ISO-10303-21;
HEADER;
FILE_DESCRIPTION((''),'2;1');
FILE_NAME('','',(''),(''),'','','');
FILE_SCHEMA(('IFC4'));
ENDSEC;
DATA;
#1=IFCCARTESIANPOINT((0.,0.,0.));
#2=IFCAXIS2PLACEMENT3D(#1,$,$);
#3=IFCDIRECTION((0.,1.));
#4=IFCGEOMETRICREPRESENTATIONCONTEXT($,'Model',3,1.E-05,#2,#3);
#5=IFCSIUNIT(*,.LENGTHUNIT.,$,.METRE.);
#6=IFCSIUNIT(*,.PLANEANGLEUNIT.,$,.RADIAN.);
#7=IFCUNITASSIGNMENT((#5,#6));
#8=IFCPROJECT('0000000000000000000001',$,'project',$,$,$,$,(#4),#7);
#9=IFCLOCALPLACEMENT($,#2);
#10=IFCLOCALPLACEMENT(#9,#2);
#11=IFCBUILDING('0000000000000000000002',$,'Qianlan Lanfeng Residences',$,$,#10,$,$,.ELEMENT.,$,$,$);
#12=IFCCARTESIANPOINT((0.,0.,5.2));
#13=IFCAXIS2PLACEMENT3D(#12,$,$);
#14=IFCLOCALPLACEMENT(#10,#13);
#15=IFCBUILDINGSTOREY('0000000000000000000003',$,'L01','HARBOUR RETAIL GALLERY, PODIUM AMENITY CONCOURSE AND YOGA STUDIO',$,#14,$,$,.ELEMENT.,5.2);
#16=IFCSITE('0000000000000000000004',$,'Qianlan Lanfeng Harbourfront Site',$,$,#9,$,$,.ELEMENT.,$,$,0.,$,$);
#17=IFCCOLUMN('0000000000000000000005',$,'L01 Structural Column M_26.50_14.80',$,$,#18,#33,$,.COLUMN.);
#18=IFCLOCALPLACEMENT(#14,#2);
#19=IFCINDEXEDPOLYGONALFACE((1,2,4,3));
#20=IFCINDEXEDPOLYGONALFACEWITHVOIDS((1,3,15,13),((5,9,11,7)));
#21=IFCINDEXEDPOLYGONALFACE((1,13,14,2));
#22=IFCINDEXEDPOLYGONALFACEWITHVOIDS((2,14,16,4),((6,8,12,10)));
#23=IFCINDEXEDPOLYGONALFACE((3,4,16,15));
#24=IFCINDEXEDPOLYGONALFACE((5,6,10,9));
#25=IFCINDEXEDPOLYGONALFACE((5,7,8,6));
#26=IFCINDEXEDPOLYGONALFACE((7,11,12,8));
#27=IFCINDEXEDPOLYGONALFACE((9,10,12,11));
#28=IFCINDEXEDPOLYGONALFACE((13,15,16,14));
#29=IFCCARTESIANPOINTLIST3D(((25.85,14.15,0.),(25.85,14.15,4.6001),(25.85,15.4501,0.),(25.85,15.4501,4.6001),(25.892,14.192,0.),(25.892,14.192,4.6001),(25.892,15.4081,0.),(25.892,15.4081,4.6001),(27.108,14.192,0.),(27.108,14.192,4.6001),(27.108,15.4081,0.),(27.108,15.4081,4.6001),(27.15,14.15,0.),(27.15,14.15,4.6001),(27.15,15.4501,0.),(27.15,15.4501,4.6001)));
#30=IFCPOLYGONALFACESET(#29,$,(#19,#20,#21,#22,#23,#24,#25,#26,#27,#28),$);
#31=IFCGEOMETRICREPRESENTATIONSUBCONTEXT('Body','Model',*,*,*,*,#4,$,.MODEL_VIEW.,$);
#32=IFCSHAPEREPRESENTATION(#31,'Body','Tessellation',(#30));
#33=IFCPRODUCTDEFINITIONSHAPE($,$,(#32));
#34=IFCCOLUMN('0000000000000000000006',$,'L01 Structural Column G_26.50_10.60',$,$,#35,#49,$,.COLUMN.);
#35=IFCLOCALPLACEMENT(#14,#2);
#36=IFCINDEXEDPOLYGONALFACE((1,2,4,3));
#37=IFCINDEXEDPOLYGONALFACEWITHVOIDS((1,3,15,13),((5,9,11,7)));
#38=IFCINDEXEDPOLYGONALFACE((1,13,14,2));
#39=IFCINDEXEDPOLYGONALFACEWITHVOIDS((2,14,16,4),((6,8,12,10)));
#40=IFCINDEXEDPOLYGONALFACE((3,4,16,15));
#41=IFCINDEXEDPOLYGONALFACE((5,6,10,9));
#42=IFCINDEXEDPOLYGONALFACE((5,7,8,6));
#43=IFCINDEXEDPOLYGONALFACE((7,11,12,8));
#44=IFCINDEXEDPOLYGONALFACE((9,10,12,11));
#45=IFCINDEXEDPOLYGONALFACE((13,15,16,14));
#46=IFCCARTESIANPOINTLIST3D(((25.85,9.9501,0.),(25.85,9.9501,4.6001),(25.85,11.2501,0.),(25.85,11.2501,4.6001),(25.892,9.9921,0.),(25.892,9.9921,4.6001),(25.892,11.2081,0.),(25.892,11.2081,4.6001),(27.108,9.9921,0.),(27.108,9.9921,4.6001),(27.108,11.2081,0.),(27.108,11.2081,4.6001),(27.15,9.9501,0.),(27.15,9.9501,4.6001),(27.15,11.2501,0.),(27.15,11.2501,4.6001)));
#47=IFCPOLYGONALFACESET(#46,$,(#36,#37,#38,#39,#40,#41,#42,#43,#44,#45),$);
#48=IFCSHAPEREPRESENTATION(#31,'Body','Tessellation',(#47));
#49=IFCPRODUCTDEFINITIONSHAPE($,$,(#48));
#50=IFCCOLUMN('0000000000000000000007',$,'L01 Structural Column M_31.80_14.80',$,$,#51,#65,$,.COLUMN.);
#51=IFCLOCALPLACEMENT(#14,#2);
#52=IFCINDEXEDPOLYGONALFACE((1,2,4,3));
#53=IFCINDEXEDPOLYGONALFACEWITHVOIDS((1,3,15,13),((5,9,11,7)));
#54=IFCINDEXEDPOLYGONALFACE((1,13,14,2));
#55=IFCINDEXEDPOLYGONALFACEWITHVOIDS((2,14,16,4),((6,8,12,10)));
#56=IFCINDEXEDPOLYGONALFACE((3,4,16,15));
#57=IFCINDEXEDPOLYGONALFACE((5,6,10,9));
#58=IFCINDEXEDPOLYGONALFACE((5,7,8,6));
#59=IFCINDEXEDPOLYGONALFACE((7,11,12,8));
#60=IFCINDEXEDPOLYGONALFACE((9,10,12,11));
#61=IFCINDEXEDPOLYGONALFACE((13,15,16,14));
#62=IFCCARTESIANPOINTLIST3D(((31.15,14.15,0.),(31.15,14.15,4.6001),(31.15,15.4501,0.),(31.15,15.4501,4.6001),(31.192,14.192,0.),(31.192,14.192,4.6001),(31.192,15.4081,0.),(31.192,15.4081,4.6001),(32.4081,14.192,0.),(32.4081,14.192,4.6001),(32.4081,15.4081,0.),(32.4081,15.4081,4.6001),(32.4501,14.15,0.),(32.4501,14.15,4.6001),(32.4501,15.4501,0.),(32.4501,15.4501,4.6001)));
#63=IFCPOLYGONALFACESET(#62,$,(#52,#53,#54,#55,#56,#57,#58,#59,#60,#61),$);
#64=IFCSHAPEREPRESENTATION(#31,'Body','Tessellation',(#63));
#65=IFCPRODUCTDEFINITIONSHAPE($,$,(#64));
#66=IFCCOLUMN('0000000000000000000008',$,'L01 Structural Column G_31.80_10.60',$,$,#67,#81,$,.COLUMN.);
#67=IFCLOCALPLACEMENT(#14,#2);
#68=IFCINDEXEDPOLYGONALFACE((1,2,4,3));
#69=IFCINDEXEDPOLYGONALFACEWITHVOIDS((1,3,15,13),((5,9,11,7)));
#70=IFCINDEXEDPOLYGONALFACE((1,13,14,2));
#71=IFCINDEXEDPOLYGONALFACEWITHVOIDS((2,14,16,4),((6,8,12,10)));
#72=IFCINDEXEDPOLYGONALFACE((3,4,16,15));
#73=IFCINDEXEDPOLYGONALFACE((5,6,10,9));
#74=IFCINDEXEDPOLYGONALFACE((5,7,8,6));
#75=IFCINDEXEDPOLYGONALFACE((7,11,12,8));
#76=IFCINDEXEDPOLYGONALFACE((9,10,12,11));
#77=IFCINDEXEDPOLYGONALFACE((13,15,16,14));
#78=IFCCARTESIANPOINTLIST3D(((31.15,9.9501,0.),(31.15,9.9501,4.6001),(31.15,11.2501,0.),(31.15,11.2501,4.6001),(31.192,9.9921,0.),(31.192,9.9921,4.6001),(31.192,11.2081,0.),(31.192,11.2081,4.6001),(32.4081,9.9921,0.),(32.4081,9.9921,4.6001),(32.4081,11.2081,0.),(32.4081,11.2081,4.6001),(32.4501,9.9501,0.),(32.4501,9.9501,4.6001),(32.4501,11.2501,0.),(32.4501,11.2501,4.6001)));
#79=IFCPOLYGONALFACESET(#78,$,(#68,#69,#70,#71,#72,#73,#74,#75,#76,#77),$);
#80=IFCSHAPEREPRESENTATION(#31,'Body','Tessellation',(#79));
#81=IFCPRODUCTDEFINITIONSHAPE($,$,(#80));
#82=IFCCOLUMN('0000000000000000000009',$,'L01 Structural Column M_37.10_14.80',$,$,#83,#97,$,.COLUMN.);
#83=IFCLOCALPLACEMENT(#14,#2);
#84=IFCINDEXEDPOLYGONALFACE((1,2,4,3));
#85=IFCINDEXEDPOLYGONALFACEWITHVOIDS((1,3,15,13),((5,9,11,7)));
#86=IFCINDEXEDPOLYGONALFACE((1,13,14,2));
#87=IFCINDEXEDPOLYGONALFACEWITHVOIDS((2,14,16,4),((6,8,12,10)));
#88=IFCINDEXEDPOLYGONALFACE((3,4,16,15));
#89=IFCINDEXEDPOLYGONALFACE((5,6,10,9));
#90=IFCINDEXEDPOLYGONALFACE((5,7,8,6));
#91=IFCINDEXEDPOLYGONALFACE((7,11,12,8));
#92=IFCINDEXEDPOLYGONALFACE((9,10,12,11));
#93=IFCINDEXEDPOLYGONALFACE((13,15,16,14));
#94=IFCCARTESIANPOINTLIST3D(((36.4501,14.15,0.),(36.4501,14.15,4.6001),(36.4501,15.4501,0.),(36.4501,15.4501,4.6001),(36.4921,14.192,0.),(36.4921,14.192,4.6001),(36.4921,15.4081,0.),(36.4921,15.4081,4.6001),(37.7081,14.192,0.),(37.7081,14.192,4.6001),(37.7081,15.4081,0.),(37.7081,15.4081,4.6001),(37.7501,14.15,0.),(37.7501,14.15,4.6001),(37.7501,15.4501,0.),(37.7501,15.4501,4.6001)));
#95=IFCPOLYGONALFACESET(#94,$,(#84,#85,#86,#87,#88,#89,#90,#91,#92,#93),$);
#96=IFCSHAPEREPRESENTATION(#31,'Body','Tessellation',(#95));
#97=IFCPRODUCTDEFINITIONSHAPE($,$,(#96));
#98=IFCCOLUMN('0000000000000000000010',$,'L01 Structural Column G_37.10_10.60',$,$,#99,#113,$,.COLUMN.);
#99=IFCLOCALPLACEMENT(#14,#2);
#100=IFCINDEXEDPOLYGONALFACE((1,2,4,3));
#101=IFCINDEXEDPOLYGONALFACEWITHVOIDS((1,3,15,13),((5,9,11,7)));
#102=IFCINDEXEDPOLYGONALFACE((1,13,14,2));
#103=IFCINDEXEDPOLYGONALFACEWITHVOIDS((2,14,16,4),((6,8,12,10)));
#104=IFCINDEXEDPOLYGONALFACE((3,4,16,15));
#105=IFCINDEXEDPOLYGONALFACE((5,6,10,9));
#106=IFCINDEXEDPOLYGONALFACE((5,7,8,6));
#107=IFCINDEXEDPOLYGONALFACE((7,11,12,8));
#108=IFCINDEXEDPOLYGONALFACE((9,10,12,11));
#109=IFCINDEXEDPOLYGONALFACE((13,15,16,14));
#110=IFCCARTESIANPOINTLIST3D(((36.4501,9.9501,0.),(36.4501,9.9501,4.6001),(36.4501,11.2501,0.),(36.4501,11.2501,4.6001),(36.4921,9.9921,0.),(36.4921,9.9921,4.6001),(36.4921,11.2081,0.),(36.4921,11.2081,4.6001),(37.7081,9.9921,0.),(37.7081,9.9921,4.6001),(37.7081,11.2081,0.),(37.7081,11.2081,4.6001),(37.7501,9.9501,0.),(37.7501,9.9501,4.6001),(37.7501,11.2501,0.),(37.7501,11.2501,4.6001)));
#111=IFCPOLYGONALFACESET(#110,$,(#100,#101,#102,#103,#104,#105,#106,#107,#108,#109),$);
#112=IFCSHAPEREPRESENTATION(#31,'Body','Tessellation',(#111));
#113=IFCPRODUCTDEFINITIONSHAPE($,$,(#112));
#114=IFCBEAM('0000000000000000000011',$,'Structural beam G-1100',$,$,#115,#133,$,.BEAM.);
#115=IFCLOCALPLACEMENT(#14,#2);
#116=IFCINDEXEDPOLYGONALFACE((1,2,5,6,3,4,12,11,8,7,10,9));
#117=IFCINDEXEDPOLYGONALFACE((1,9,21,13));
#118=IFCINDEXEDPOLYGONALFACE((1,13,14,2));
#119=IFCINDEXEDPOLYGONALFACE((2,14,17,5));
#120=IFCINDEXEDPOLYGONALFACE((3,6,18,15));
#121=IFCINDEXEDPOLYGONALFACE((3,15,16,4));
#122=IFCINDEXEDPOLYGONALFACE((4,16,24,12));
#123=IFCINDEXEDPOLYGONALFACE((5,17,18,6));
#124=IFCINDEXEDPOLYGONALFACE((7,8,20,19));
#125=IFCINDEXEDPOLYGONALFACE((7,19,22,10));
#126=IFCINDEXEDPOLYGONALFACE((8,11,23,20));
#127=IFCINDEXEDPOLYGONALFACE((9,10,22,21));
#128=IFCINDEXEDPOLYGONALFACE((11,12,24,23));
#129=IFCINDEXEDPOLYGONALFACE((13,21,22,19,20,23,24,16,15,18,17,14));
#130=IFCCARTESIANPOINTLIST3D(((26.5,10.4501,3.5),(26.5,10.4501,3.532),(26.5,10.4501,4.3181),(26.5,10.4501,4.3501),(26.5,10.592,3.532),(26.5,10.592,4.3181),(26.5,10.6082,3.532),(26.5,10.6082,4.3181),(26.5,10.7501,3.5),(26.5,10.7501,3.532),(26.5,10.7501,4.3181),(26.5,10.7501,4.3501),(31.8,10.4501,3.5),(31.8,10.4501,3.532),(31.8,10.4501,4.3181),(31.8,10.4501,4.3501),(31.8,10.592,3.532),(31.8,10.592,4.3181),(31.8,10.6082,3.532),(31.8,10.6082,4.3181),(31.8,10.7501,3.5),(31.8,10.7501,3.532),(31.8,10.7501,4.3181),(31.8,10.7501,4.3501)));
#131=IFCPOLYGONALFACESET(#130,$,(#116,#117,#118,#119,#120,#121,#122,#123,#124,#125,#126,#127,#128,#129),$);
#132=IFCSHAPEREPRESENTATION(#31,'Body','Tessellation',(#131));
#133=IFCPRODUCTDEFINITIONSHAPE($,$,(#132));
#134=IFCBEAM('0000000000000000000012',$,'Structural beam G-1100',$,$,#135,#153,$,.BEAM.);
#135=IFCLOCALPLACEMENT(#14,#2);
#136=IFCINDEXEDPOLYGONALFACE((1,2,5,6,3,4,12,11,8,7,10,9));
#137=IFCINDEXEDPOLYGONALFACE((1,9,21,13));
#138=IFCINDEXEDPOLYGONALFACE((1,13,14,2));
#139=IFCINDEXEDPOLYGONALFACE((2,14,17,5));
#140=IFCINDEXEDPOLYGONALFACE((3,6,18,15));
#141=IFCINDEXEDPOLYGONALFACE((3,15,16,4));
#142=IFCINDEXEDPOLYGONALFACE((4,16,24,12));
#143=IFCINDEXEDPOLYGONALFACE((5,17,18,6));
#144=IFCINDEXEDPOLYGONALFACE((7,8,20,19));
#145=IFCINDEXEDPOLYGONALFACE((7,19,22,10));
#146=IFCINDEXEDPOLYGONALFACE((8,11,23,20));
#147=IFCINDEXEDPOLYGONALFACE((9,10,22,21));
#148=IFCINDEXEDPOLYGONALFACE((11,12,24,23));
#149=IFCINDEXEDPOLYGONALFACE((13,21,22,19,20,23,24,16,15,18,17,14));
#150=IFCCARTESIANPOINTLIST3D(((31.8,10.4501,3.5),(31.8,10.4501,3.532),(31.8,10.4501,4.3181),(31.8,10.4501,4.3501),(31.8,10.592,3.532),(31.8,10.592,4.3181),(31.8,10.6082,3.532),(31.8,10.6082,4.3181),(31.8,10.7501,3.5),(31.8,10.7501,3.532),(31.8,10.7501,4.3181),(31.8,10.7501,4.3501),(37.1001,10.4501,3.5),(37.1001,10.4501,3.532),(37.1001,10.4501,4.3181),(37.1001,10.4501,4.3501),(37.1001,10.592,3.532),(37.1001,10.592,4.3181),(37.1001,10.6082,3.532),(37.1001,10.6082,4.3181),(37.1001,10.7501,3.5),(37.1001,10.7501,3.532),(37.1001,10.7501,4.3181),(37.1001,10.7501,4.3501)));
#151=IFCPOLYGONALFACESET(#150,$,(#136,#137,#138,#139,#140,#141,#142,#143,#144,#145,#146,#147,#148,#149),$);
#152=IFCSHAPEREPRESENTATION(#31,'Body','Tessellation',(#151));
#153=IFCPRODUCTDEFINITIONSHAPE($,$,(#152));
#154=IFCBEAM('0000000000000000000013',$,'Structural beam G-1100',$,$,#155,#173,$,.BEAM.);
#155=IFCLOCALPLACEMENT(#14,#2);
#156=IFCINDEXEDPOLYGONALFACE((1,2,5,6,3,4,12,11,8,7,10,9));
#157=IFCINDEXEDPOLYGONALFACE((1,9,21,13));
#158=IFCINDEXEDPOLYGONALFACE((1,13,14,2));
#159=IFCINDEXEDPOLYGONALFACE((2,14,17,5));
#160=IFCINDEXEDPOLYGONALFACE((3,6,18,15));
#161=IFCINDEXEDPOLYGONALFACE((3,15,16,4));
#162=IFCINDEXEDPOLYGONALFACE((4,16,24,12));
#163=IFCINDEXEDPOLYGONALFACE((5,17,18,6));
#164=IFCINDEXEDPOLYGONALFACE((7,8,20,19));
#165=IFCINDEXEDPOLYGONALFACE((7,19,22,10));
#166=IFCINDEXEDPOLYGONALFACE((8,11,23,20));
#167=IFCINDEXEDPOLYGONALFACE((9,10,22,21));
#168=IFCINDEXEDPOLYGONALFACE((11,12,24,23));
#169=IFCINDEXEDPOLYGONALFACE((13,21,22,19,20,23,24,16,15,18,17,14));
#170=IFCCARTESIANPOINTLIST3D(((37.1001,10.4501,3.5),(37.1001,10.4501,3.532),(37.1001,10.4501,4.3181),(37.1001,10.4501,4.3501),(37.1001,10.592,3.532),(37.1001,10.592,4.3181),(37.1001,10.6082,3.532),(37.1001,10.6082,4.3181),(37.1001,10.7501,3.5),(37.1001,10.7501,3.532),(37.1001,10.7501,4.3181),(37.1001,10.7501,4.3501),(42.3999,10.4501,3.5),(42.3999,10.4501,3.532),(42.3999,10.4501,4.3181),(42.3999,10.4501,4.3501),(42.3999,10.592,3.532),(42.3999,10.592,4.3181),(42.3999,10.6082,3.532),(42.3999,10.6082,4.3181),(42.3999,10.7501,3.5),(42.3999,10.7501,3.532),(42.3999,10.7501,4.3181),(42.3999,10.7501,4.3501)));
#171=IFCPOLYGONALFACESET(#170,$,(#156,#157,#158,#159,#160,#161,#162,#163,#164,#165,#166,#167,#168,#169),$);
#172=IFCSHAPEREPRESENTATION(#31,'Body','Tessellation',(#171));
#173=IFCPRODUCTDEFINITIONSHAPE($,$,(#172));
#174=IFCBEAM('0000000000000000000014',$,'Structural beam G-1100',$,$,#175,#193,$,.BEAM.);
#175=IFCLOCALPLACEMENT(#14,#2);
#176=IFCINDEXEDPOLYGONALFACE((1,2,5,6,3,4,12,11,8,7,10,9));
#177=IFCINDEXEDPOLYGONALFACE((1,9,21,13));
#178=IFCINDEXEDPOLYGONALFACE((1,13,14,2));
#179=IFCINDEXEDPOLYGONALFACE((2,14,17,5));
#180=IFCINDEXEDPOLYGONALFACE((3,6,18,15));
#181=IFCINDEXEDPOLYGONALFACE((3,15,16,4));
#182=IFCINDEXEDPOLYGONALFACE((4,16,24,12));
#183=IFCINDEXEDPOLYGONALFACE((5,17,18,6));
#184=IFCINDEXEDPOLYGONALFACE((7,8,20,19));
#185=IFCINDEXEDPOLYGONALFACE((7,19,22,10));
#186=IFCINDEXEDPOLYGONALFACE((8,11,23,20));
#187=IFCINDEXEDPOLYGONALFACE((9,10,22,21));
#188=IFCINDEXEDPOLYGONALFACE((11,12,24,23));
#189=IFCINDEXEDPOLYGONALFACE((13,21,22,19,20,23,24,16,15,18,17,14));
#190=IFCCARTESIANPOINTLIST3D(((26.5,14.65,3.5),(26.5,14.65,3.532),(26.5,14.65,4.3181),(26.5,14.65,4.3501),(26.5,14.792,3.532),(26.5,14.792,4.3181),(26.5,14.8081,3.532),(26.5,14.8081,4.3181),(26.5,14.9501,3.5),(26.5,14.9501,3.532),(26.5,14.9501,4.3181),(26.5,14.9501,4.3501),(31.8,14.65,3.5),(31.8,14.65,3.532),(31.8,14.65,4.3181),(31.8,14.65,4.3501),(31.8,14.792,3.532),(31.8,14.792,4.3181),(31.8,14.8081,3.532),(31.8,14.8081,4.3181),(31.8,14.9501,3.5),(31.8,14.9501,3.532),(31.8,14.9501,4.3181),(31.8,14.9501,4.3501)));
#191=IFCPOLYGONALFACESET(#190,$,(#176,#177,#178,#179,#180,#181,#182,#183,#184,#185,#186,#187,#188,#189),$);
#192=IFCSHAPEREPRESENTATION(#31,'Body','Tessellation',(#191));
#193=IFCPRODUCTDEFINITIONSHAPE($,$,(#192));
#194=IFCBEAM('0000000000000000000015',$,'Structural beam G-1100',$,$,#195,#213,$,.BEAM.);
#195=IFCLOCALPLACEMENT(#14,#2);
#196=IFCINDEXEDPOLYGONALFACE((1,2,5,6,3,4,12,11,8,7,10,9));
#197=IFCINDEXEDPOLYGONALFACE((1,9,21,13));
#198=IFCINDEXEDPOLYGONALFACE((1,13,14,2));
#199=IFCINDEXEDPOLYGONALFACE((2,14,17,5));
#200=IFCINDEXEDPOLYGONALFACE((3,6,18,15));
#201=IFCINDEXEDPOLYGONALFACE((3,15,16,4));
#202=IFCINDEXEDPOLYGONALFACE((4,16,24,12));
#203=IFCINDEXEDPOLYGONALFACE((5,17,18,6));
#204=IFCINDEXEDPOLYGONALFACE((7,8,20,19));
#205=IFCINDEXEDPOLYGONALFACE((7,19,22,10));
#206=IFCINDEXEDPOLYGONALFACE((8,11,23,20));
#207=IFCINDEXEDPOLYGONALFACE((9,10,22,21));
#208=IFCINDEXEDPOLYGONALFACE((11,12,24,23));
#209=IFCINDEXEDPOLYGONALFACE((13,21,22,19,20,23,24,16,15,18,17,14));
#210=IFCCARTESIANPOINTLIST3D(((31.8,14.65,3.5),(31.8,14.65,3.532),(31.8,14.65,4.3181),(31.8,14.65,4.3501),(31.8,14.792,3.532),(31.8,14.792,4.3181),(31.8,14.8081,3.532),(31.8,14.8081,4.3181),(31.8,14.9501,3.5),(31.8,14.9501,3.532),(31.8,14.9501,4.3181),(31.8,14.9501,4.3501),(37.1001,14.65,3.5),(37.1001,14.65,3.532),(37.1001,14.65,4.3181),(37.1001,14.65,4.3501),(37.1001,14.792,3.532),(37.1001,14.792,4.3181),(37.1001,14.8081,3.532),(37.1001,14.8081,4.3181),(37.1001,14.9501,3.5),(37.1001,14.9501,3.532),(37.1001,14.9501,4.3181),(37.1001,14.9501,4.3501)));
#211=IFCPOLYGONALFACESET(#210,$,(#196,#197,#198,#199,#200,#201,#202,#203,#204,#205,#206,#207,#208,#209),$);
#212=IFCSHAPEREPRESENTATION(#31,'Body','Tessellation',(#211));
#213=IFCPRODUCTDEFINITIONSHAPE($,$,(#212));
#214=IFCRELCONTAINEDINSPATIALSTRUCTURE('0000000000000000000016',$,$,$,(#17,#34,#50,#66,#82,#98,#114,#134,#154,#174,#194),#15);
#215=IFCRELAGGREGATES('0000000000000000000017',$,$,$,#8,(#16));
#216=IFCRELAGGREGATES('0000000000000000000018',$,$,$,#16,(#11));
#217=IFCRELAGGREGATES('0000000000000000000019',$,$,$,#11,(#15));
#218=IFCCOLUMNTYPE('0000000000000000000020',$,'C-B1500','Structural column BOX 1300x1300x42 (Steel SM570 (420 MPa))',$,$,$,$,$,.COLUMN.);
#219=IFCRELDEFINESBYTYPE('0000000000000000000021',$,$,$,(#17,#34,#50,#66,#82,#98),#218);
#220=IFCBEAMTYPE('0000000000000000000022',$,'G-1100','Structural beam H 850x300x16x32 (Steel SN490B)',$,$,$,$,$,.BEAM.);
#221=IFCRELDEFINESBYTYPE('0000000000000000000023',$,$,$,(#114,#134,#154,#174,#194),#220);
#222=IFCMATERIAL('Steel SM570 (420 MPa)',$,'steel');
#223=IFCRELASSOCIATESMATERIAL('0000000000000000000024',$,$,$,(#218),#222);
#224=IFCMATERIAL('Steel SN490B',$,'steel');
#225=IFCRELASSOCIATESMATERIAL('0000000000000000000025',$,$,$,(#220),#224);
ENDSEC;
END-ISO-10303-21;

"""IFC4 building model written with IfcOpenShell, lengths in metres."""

from ifc_helpers import new_model, si_unit, direction, frame, origin, origin_2d, place, context, subcontext, project, spatial, hollow_rectangle, i_section, extrude, material, material_profile, profile_set, type_object, element, save


model = new_model("IFC4")

# Units and contexts
model_context = context("Model", 3, precision=1e-05, world=origin(), true_north=direction((0.0, 1.0)))
body_context = subcontext(model_context, "Body", "Model", "MODEL_VIEW")
ifc_project = project(units=[si_unit("LENGTHUNIT", "METRE"), si_unit("PLANEANGLEUNIT", "RADIAN")], contexts=[model_context])

# Site, building, storey
site_placement = place(None, origin())
site = spatial("IfcSite", under=ifc_project, at=site_placement, Name="Qianlan Lanfeng Harbourfront Site", CompositionType="ELEMENT", RefElevation=0.0)
building_placement = place(site_placement, origin())
building = spatial("IfcBuilding", under=site, at=building_placement, Name="Qianlan Lanfeng Residences", CompositionType="ELEMENT")
storey_placement = place(building_placement, frame((0.0, 0.0, 5.2)))
storey = spatial("IfcBuildingStorey", under=building, at=storey_placement, Name="L01", Description="HARBOUR RETAIL GALLERY, PODIUM AMENITY CONCOURSE AND YOGA STUDIO", CompositionType="ELEMENT", Elevation=5.2)

# Columns
ifc_material_1 = material(Name="Steel SM570 (420 MPa)", Category="steel")
ifc_material_profile_1 = material_profile(ifc_material_1, hollow_rectangle(XDim=1.3, YDim=1.3, WallThickness=0.042, at=origin_2d()), Name="BOX 1300x1300x42")
ifc_profile_set_1 = profile_set([ifc_material_profile_1], Name="Steel SM570 (420 MPa)")
column_type = type_object("IfcColumnType", Name="C-B1500", Description="Structural column BOX 1300x1300x42 (Steel SM570 (420 MPa))", PredefinedType="COLUMN", material=ifc_profile_set_1)
for number, where, z_axis, x_axis, name in (
    (1, (26.5, 14.8, 0.0), (0.0, 0.0, 1.0), (1.0, 0.0, 0.0), "L01 Structural Column M_26.50_14.80"),
    (2, (26.5, 10.6001, 0.0), (0.0, 0.0, 1.0), (1.0, 0.0, 0.0), "L01 Structural Column G_26.50_10.60"),
    (3, (31.8, 14.8, 0.0), (0.0, 0.0, 1.0), (1.0, 0.0, 0.0), "L01 Structural Column M_31.80_14.80"),
    (4, (31.8, 10.6001, 0.0), (0.0, 0.0, 1.0), (1.0, 0.0, 0.0), "L01 Structural Column G_31.80_10.60"),
    (5, (37.1001, 14.8, 0.0), (0.0, 0.0, 1.0), (1.0, 0.0, 0.0), "L01 Structural Column M_37.10_14.80"),
    (6, (37.1001, 10.6001, 0.0), (0.0, 0.0, 1.0), (1.0, 0.0, 0.0), "L01 Structural Column G_37.10_10.60"),
):
    element("IfcColumn", number, at=place(storey_placement, frame(where, z_axis=z_axis, x_axis=x_axis)), inside=storey, type_object=column_type, Name=name, PredefinedType="COLUMN", context=body_context, shape_type="SweptSolid", body=[
        extrude(hollow_rectangle(XDim=1.3, YDim=1.3, WallThickness=0.042, at=origin_2d()), origin(), (0.0, 0.0, 1.0), 4.6001),
    ])

# Beams
ifc_material_2 = material(Name="Steel SN490B", Category="steel")
ifc_material_profile_2 = material_profile(ifc_material_2, i_section(OverallWidth=0.3, OverallDepth=0.8501, WebThickness=0.0161, FlangeThickness=0.032, at=origin_2d()), Name="H 850x300x16x32")
ifc_profile_set_2 = profile_set([ifc_material_profile_2], Name="Steel SN490B")
beam_type_1 = type_object("IfcBeamType", Name="G-1100", Description="Structural beam H 850x300x16x32 (Steel SN490B)", PredefinedType="BEAM", material=ifc_profile_set_2)
for number, where, z_axis, x_axis, name in (
    (7, (26.5, 10.6001, 3.925), (1.0, 0.0, 0.0), (0.0, 1.0, 0.0), "Structural beam G-1100"),
    (8, (31.8, 10.6001, 3.925), (1.0, 0.0, 0.0), (0.0, 1.0, 0.0), "Structural beam G-1100"),
):
    element("IfcBeam", number, at=place(storey_placement, frame(where, z_axis=z_axis, x_axis=x_axis)), inside=storey, type_object=beam_type_1, Name=name, PredefinedType="BEAM", context=body_context, shape_type="SweptSolid", body=[
        extrude(i_section(OverallWidth=0.3, OverallDepth=0.8501, WebThickness=0.0161, FlangeThickness=0.032, at=origin_2d()), origin(), (0.0, 0.0, 1.0), 5.3),
    ])
beam_1_placement = place(storey_placement, frame((37.1001, 10.6001, 3.925), z_axis=(1.0, 0.0, 0.0), x_axis=(0.0, 1.0, 0.0)))
element("IfcBeam", 9, at=beam_1_placement, inside=storey, type_object=beam_type_1, Name="Structural beam G-1100", PredefinedType="BEAM", context=body_context, shape_type="SweptSolid", body=[
    extrude(i_section(OverallWidth=0.3, OverallDepth=0.8501, WebThickness=0.0161, FlangeThickness=0.032, at=origin_2d()), origin(), (0.0, 0.0, 1.0), 5.2998),
])
for number, where, z_axis, x_axis, name in (
    (10, (26.5, 14.8, 3.925), (1.0, 0.0, 0.0), (0.0, 1.0, 0.0), "Structural beam G-1100"),
    (11, (31.8, 14.8, 3.925), (1.0, 0.0, 0.0), (0.0, 1.0, 0.0), "Structural beam G-1100"),
):
    element("IfcBeam", number, at=place(storey_placement, frame(where, z_axis=z_axis, x_axis=x_axis)), inside=storey, type_object=beam_type_1, Name=name, PredefinedType="BEAM", context=body_context, shape_type="SweptSolid", body=[
        extrude(i_section(OverallWidth=0.3, OverallDepth=0.8501, WebThickness=0.0161, FlangeThickness=0.032, at=origin_2d()), origin(), (0.0, 0.0, 1.0), 5.3),
    ])

save(model, "model.ifc")
